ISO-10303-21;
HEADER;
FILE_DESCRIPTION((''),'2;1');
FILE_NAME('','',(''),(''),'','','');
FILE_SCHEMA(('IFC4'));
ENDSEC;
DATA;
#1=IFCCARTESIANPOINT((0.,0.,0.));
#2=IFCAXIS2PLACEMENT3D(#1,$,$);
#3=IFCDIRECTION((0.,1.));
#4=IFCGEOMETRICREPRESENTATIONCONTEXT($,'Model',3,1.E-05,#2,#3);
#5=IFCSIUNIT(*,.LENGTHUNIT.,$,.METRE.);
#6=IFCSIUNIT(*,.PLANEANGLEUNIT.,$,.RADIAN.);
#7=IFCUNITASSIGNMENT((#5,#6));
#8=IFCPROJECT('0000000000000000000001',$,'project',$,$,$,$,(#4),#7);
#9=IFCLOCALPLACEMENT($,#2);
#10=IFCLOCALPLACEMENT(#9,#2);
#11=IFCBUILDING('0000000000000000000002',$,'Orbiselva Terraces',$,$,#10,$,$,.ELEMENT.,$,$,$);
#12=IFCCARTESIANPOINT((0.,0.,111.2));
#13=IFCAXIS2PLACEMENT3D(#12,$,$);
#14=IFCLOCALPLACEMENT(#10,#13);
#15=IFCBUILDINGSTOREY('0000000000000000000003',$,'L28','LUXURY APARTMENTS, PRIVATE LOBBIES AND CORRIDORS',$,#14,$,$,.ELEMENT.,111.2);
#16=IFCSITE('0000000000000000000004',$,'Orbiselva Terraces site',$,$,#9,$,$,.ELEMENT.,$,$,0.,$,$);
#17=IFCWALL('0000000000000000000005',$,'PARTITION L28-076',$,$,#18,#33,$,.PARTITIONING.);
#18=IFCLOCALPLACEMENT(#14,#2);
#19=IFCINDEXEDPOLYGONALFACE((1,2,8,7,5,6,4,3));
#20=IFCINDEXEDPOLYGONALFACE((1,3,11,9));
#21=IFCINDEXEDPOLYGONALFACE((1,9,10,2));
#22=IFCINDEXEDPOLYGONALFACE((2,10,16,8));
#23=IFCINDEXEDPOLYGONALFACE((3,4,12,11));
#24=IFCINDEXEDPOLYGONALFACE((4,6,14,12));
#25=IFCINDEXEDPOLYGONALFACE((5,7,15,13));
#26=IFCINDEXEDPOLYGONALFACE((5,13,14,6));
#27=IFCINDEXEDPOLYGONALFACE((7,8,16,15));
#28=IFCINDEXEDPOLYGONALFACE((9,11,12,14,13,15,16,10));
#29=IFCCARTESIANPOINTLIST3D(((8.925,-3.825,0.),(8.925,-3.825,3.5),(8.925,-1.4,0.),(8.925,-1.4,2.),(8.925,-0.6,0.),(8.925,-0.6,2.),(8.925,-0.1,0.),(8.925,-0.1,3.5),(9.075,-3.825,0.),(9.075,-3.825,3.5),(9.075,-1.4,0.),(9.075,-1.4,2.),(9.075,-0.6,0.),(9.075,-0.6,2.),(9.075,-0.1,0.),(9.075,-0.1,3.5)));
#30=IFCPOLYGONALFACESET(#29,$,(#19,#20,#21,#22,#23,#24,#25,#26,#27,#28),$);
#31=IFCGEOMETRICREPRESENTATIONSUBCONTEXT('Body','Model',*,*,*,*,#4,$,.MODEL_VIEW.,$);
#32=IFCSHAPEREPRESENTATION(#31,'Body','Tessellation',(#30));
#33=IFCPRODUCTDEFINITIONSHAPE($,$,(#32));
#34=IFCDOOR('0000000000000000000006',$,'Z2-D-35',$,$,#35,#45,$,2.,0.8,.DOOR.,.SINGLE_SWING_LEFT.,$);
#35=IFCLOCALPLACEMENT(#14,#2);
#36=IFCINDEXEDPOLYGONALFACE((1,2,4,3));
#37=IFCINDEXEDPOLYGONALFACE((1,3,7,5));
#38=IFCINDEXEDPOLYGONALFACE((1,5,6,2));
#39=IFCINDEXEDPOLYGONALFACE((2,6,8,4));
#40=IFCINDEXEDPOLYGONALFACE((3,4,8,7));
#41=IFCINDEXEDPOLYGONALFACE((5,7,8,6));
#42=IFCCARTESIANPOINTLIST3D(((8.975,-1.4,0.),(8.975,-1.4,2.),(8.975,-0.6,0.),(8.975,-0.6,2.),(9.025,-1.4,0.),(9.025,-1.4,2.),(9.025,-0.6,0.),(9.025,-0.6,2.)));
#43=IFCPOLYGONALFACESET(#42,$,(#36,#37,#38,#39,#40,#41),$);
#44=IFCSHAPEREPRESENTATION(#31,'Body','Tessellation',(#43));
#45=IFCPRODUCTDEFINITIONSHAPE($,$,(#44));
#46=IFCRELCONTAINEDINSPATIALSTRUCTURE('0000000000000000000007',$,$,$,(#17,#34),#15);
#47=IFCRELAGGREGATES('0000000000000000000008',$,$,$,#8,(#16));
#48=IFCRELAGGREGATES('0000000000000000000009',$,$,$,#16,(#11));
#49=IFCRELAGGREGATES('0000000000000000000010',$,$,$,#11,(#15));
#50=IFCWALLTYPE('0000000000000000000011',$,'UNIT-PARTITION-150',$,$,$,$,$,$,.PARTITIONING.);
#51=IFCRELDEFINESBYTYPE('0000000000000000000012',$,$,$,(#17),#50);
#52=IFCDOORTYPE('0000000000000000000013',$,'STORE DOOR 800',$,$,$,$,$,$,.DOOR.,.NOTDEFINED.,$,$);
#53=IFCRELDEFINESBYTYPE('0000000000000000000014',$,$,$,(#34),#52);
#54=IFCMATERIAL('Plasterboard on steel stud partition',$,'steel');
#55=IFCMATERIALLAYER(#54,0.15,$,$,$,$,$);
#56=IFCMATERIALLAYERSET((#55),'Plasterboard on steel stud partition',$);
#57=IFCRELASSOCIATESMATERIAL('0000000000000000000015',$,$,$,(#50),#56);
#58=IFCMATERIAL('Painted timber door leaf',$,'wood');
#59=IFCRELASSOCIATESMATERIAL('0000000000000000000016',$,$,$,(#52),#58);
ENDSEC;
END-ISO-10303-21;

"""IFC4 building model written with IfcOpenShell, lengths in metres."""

from ifc_helpers import new_model, si_unit, direction, frame, frame_2d, origin, place, context, subcontext, project, spatial, rectangle, extrude, material, layer, layer_set, type_object, element, fill, save


model = new_model("IFC4")

# Units and contexts
model_context = context("Model", 3, precision=1e-05, world=origin(), true_north=direction((0.0, 1.0)))
body_context = subcontext(model_context, "Body", "Model", "MODEL_VIEW")
ifc_project = project(units=[si_unit("LENGTHUNIT", "METRE"), si_unit("PLANEANGLEUNIT", "RADIAN")], contexts=[model_context])

# Site, building, storey
site_placement = place(None, origin())
site = spatial("IfcSite", under=ifc_project, at=site_placement, Name="Orbiselva Terraces site", CompositionType="ELEMENT", RefElevation=0.0)
building_placement = place(site_placement, origin())
building = spatial("IfcBuilding", under=site, at=building_placement, Name="Orbiselva Terraces", CompositionType="ELEMENT")
storey_placement = place(building_placement, frame((0.0, 0.0, 111.2)))
storey = spatial("IfcBuildingStorey", under=building, at=storey_placement, Name="L28", Description="LUXURY APARTMENTS, PRIVATE LOBBIES AND CORRIDORS", CompositionType="ELEMENT", Elevation=111.2)

# Shared definitions
ifc_material_1 = material(Name="Plasterboard on steel stud partition", Category="steel")
ifc_layer_1 = layer(ifc_material_1, 0.15)
ifc_layer_set_1 = layer_set([ifc_layer_1], Name="Plasterboard on steel stud partition")
wall_type_1 = type_object("IfcWallType", Name="UNIT-PARTITION-150", PredefinedType="PARTITIONING", material=ifc_layer_set_1)

# Shared definitions
ifc_material_2 = material(Name="Painted timber door leaf", Category="wood")

# Shared definitions
door_type_1 = type_object("IfcDoorType", Name="STORE DOOR 800", OperationType="NOTDEFINED", PredefinedType="DOOR", material=ifc_material_2)

# Wall, opening, door
wall_1_placement = place(storey_placement, frame((9.0, -0.1, 0.0), z_axis=(0.0, 0.0, 1.0), x_axis=(0.0, -1.0, 0.0)))
wall_1 = element("IfcWall", 1, at=wall_1_placement, inside=storey, type_object=wall_type_1, Name="PARTITION L28-076", PredefinedType="PARTITIONING", context=body_context, shape_type="SweptSolid", body=[
    extrude(rectangle(XDim=3.725, YDim=0.15, at=frame_2d((1.8625, 0.0))), origin(), (0.0, 0.0, 1.0), 3.5),
])
opening_1_placement = place(wall_1_placement, frame((0.5, 0.0, 0.0)))
opening_1 = element("IfcOpeningElement", 2, at=opening_1_placement, cuts=wall_1, PredefinedType="OPENING", context=body_context, shape_type="SweptSolid", body=[
    extrude(rectangle(XDim=0.8, YDim=2.0, at=frame_2d((0.4, 1.0))), frame((0.0, 0.085, 0.0), z_axis=(0.0, -1.0, 0.0), x_axis=(1.0, 0.0, 0.0)), (0.0, 0.0, 1.0), 0.17),
])
door_1_placement = place(opening_1_placement, origin())
door_1 = element("IfcDoor", 3, at=door_1_placement, inside=storey, type_object=door_type_1, Name="Z2-D-35", OperationType="SINGLE_SWING_LEFT", OverallHeight=2.0, OverallWidth=0.8, PredefinedType="DOOR", context=body_context, shape_type="SweptSolid", body=[
    extrude(rectangle(XDim=0.8, YDim=2.0, at=frame_2d((0.4, 1.0))), frame((0.0, 0.025, 0.0), z_axis=(0.0, -1.0, 0.0), x_axis=(1.0, 0.0, 0.0)), (0.0, 0.0, 1.0), 0.05),
])
fill(opening_1, door_1)

save(model, "model.ifc")
